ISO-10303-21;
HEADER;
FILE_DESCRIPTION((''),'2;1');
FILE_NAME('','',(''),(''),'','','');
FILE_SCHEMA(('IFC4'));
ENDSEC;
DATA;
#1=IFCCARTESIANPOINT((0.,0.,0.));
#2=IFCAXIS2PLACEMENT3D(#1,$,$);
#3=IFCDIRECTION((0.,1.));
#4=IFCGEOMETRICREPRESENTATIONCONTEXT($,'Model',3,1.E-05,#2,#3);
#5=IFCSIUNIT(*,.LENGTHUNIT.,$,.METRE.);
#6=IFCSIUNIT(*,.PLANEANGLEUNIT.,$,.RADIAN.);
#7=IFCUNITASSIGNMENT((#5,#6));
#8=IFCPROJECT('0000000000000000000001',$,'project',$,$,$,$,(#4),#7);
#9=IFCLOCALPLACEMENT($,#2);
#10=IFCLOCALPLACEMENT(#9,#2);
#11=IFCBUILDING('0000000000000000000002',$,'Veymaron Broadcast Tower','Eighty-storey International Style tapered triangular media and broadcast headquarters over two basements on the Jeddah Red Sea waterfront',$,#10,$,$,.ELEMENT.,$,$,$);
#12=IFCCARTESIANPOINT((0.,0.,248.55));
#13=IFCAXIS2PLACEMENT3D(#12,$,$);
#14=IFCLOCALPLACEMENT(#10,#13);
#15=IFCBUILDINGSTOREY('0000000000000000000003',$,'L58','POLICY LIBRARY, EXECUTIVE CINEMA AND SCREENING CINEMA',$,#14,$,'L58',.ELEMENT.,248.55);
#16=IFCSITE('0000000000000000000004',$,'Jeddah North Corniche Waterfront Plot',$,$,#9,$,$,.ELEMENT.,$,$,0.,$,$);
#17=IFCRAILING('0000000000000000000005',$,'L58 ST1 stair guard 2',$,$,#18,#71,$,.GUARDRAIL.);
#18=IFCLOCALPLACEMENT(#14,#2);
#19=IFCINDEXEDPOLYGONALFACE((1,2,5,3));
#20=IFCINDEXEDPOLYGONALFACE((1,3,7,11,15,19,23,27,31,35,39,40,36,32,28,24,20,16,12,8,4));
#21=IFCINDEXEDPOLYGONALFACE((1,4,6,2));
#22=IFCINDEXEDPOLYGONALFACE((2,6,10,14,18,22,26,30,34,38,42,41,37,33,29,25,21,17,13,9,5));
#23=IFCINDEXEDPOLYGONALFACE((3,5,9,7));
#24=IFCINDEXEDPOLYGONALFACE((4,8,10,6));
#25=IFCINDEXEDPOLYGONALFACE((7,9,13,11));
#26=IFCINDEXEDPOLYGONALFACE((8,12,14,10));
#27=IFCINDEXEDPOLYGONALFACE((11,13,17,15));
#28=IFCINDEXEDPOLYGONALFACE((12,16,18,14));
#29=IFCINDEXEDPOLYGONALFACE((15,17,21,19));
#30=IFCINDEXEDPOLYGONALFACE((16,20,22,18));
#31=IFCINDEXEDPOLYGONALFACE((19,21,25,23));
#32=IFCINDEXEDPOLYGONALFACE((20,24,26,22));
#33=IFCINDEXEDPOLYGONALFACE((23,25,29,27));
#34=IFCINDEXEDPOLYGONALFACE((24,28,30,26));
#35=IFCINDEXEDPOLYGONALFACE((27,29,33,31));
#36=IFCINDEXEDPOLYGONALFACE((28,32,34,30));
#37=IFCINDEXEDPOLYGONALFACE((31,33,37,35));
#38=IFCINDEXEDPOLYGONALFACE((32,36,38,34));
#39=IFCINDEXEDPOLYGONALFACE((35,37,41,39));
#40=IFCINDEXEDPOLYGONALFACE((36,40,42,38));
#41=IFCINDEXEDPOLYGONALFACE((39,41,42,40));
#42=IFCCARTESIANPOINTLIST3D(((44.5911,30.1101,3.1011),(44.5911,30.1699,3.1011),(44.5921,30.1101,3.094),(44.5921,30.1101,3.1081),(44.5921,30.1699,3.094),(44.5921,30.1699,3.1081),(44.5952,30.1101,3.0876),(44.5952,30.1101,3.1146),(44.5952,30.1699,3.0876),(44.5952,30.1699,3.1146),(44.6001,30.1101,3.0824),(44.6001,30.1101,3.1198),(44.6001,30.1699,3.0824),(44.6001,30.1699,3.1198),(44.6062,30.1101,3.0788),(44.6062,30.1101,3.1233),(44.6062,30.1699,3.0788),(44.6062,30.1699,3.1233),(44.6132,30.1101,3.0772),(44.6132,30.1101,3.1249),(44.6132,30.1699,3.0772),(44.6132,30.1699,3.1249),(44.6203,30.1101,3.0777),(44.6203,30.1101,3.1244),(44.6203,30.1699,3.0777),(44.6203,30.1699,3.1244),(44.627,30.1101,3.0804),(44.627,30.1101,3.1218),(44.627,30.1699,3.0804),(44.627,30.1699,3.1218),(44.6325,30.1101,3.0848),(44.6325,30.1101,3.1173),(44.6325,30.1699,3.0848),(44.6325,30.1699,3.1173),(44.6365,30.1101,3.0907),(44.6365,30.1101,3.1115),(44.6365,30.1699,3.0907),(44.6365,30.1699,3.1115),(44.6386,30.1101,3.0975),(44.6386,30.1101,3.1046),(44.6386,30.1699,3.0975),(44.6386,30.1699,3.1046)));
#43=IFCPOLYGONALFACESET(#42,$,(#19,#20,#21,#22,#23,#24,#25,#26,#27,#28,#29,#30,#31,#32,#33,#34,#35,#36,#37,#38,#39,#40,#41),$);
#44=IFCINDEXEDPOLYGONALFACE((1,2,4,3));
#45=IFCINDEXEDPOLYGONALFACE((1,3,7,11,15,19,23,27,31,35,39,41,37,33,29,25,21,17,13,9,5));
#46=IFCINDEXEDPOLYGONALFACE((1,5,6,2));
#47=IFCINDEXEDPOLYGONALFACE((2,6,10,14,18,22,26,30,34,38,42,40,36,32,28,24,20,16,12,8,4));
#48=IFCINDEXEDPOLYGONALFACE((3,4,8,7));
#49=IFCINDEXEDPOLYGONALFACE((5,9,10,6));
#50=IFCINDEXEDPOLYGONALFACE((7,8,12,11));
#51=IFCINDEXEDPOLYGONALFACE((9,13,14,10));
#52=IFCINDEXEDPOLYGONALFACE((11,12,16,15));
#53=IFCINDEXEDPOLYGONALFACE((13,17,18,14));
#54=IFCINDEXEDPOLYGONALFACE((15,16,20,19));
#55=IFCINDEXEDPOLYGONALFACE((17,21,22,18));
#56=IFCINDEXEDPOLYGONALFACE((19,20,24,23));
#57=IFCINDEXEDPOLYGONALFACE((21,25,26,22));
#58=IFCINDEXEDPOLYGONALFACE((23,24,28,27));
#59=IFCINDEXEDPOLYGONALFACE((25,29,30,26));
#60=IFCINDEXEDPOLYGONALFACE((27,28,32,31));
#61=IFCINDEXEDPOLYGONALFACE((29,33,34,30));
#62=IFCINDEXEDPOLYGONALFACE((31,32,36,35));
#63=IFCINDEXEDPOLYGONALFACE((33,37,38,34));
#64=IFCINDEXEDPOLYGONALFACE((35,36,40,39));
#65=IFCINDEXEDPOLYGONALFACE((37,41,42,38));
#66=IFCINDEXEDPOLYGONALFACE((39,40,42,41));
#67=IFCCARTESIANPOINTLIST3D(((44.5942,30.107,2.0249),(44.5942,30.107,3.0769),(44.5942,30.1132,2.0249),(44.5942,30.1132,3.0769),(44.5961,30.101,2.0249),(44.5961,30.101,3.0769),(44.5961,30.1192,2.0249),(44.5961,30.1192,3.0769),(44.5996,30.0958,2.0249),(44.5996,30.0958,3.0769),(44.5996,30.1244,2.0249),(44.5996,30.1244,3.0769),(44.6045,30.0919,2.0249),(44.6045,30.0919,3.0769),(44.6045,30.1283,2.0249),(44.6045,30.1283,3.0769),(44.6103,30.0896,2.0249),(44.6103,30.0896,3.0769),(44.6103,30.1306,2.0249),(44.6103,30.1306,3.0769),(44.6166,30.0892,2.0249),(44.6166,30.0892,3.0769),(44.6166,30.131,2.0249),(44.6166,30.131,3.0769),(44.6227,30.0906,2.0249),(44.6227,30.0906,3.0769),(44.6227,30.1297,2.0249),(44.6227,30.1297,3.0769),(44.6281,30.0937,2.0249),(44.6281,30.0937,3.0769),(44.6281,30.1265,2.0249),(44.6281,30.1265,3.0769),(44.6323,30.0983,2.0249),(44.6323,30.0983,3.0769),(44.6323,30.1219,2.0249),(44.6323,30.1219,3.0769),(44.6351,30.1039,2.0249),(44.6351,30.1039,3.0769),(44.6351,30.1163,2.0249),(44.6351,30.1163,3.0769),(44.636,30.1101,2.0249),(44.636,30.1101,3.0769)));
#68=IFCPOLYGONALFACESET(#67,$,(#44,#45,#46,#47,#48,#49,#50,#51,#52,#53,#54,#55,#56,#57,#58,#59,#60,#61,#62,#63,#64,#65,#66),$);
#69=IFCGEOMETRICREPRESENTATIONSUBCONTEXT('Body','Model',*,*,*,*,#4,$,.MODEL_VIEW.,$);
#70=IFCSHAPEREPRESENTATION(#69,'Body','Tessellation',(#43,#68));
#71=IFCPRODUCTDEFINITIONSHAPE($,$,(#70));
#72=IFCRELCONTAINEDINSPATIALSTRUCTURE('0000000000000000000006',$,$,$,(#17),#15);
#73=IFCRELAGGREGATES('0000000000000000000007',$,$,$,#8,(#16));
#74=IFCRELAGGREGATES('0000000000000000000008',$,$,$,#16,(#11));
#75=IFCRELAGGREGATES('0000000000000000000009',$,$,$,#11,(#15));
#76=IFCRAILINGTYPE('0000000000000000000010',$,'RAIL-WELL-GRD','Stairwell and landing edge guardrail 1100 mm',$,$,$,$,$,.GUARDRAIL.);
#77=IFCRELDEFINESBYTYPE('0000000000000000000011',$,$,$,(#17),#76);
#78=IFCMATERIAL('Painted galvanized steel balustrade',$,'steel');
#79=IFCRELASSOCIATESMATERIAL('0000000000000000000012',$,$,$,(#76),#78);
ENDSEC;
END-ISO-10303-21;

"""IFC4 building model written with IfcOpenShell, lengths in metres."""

from ifc_helpers import new_model, si_unit, direction, frame, origin, origin_2d, place, context, subcontext, project, spatial, circle, extrude, material, type_object, element, save


model = new_model("IFC4")

# Units and contexts
model_context = context("Model", 3, precision=1e-05, world=origin(), true_north=direction((0.0, 1.0)))
body_context = subcontext(model_context, "Body", "Model", "MODEL_VIEW")
ifc_project = project(units=[si_unit("LENGTHUNIT", "METRE"), si_unit("PLANEANGLEUNIT", "RADIAN")], contexts=[model_context])

# Site, building, storey
site_placement = place(None, origin())
site = spatial("IfcSite", under=ifc_project, at=site_placement, Name="Jeddah North Corniche Waterfront Plot", CompositionType="ELEMENT", RefElevation=0.0)
building_placement = place(site_placement, origin())
building = spatial("IfcBuilding", under=site, at=building_placement, Name="Veymaron Broadcast Tower", Description="Eighty-storey International Style tapered triangular media and broadcast headquarters over two basements on the Jeddah Red Sea waterfront", CompositionType="ELEMENT")
storey_placement = place(building_placement, frame((0.0, 0.0, 248.55)))
storey = spatial("IfcBuildingStorey", under=building, at=storey_placement, Name="L58", Description="POLICY LIBRARY, EXECUTIVE CINEMA AND SCREENING CINEMA", LongName="L58", CompositionType="ELEMENT", Elevation=248.55)

# Railing
ifc_material_1 = material(Name="Painted galvanized steel balustrade", Category="steel")
railing_type_1 = type_object("IfcRailingType", Name="RAIL-WELL-GRD", Description="Stairwell and landing edge guardrail 1100 mm", PredefinedType="GUARDRAIL", material=ifc_material_1)
railing_1_placement = place(storey_placement, frame((44.615, 30.1101, 2.0249)))
element("IfcRailing", 1, at=railing_1_placement, inside=storey, type_object=railing_type_1, Name="L58 ST1 stair guard 2", PredefinedType="GUARDRAIL", context=body_context, shape_type="SweptSolid", body=[
    extrude(circle(Radius=0.0239, at=origin_2d()), frame((0.0, 0.0, 1.0762), z_axis=(0.0, 1.0, 0.0), x_axis=(-1.0, 0.0, 0.0)), (0.0, 0.0, 1.0), 0.0598),
    extrude(circle(Radius=0.021, at=origin_2d()), origin(), (0.0, 0.0, 1.0), 1.052),
])

save(model, "model.ifc")
